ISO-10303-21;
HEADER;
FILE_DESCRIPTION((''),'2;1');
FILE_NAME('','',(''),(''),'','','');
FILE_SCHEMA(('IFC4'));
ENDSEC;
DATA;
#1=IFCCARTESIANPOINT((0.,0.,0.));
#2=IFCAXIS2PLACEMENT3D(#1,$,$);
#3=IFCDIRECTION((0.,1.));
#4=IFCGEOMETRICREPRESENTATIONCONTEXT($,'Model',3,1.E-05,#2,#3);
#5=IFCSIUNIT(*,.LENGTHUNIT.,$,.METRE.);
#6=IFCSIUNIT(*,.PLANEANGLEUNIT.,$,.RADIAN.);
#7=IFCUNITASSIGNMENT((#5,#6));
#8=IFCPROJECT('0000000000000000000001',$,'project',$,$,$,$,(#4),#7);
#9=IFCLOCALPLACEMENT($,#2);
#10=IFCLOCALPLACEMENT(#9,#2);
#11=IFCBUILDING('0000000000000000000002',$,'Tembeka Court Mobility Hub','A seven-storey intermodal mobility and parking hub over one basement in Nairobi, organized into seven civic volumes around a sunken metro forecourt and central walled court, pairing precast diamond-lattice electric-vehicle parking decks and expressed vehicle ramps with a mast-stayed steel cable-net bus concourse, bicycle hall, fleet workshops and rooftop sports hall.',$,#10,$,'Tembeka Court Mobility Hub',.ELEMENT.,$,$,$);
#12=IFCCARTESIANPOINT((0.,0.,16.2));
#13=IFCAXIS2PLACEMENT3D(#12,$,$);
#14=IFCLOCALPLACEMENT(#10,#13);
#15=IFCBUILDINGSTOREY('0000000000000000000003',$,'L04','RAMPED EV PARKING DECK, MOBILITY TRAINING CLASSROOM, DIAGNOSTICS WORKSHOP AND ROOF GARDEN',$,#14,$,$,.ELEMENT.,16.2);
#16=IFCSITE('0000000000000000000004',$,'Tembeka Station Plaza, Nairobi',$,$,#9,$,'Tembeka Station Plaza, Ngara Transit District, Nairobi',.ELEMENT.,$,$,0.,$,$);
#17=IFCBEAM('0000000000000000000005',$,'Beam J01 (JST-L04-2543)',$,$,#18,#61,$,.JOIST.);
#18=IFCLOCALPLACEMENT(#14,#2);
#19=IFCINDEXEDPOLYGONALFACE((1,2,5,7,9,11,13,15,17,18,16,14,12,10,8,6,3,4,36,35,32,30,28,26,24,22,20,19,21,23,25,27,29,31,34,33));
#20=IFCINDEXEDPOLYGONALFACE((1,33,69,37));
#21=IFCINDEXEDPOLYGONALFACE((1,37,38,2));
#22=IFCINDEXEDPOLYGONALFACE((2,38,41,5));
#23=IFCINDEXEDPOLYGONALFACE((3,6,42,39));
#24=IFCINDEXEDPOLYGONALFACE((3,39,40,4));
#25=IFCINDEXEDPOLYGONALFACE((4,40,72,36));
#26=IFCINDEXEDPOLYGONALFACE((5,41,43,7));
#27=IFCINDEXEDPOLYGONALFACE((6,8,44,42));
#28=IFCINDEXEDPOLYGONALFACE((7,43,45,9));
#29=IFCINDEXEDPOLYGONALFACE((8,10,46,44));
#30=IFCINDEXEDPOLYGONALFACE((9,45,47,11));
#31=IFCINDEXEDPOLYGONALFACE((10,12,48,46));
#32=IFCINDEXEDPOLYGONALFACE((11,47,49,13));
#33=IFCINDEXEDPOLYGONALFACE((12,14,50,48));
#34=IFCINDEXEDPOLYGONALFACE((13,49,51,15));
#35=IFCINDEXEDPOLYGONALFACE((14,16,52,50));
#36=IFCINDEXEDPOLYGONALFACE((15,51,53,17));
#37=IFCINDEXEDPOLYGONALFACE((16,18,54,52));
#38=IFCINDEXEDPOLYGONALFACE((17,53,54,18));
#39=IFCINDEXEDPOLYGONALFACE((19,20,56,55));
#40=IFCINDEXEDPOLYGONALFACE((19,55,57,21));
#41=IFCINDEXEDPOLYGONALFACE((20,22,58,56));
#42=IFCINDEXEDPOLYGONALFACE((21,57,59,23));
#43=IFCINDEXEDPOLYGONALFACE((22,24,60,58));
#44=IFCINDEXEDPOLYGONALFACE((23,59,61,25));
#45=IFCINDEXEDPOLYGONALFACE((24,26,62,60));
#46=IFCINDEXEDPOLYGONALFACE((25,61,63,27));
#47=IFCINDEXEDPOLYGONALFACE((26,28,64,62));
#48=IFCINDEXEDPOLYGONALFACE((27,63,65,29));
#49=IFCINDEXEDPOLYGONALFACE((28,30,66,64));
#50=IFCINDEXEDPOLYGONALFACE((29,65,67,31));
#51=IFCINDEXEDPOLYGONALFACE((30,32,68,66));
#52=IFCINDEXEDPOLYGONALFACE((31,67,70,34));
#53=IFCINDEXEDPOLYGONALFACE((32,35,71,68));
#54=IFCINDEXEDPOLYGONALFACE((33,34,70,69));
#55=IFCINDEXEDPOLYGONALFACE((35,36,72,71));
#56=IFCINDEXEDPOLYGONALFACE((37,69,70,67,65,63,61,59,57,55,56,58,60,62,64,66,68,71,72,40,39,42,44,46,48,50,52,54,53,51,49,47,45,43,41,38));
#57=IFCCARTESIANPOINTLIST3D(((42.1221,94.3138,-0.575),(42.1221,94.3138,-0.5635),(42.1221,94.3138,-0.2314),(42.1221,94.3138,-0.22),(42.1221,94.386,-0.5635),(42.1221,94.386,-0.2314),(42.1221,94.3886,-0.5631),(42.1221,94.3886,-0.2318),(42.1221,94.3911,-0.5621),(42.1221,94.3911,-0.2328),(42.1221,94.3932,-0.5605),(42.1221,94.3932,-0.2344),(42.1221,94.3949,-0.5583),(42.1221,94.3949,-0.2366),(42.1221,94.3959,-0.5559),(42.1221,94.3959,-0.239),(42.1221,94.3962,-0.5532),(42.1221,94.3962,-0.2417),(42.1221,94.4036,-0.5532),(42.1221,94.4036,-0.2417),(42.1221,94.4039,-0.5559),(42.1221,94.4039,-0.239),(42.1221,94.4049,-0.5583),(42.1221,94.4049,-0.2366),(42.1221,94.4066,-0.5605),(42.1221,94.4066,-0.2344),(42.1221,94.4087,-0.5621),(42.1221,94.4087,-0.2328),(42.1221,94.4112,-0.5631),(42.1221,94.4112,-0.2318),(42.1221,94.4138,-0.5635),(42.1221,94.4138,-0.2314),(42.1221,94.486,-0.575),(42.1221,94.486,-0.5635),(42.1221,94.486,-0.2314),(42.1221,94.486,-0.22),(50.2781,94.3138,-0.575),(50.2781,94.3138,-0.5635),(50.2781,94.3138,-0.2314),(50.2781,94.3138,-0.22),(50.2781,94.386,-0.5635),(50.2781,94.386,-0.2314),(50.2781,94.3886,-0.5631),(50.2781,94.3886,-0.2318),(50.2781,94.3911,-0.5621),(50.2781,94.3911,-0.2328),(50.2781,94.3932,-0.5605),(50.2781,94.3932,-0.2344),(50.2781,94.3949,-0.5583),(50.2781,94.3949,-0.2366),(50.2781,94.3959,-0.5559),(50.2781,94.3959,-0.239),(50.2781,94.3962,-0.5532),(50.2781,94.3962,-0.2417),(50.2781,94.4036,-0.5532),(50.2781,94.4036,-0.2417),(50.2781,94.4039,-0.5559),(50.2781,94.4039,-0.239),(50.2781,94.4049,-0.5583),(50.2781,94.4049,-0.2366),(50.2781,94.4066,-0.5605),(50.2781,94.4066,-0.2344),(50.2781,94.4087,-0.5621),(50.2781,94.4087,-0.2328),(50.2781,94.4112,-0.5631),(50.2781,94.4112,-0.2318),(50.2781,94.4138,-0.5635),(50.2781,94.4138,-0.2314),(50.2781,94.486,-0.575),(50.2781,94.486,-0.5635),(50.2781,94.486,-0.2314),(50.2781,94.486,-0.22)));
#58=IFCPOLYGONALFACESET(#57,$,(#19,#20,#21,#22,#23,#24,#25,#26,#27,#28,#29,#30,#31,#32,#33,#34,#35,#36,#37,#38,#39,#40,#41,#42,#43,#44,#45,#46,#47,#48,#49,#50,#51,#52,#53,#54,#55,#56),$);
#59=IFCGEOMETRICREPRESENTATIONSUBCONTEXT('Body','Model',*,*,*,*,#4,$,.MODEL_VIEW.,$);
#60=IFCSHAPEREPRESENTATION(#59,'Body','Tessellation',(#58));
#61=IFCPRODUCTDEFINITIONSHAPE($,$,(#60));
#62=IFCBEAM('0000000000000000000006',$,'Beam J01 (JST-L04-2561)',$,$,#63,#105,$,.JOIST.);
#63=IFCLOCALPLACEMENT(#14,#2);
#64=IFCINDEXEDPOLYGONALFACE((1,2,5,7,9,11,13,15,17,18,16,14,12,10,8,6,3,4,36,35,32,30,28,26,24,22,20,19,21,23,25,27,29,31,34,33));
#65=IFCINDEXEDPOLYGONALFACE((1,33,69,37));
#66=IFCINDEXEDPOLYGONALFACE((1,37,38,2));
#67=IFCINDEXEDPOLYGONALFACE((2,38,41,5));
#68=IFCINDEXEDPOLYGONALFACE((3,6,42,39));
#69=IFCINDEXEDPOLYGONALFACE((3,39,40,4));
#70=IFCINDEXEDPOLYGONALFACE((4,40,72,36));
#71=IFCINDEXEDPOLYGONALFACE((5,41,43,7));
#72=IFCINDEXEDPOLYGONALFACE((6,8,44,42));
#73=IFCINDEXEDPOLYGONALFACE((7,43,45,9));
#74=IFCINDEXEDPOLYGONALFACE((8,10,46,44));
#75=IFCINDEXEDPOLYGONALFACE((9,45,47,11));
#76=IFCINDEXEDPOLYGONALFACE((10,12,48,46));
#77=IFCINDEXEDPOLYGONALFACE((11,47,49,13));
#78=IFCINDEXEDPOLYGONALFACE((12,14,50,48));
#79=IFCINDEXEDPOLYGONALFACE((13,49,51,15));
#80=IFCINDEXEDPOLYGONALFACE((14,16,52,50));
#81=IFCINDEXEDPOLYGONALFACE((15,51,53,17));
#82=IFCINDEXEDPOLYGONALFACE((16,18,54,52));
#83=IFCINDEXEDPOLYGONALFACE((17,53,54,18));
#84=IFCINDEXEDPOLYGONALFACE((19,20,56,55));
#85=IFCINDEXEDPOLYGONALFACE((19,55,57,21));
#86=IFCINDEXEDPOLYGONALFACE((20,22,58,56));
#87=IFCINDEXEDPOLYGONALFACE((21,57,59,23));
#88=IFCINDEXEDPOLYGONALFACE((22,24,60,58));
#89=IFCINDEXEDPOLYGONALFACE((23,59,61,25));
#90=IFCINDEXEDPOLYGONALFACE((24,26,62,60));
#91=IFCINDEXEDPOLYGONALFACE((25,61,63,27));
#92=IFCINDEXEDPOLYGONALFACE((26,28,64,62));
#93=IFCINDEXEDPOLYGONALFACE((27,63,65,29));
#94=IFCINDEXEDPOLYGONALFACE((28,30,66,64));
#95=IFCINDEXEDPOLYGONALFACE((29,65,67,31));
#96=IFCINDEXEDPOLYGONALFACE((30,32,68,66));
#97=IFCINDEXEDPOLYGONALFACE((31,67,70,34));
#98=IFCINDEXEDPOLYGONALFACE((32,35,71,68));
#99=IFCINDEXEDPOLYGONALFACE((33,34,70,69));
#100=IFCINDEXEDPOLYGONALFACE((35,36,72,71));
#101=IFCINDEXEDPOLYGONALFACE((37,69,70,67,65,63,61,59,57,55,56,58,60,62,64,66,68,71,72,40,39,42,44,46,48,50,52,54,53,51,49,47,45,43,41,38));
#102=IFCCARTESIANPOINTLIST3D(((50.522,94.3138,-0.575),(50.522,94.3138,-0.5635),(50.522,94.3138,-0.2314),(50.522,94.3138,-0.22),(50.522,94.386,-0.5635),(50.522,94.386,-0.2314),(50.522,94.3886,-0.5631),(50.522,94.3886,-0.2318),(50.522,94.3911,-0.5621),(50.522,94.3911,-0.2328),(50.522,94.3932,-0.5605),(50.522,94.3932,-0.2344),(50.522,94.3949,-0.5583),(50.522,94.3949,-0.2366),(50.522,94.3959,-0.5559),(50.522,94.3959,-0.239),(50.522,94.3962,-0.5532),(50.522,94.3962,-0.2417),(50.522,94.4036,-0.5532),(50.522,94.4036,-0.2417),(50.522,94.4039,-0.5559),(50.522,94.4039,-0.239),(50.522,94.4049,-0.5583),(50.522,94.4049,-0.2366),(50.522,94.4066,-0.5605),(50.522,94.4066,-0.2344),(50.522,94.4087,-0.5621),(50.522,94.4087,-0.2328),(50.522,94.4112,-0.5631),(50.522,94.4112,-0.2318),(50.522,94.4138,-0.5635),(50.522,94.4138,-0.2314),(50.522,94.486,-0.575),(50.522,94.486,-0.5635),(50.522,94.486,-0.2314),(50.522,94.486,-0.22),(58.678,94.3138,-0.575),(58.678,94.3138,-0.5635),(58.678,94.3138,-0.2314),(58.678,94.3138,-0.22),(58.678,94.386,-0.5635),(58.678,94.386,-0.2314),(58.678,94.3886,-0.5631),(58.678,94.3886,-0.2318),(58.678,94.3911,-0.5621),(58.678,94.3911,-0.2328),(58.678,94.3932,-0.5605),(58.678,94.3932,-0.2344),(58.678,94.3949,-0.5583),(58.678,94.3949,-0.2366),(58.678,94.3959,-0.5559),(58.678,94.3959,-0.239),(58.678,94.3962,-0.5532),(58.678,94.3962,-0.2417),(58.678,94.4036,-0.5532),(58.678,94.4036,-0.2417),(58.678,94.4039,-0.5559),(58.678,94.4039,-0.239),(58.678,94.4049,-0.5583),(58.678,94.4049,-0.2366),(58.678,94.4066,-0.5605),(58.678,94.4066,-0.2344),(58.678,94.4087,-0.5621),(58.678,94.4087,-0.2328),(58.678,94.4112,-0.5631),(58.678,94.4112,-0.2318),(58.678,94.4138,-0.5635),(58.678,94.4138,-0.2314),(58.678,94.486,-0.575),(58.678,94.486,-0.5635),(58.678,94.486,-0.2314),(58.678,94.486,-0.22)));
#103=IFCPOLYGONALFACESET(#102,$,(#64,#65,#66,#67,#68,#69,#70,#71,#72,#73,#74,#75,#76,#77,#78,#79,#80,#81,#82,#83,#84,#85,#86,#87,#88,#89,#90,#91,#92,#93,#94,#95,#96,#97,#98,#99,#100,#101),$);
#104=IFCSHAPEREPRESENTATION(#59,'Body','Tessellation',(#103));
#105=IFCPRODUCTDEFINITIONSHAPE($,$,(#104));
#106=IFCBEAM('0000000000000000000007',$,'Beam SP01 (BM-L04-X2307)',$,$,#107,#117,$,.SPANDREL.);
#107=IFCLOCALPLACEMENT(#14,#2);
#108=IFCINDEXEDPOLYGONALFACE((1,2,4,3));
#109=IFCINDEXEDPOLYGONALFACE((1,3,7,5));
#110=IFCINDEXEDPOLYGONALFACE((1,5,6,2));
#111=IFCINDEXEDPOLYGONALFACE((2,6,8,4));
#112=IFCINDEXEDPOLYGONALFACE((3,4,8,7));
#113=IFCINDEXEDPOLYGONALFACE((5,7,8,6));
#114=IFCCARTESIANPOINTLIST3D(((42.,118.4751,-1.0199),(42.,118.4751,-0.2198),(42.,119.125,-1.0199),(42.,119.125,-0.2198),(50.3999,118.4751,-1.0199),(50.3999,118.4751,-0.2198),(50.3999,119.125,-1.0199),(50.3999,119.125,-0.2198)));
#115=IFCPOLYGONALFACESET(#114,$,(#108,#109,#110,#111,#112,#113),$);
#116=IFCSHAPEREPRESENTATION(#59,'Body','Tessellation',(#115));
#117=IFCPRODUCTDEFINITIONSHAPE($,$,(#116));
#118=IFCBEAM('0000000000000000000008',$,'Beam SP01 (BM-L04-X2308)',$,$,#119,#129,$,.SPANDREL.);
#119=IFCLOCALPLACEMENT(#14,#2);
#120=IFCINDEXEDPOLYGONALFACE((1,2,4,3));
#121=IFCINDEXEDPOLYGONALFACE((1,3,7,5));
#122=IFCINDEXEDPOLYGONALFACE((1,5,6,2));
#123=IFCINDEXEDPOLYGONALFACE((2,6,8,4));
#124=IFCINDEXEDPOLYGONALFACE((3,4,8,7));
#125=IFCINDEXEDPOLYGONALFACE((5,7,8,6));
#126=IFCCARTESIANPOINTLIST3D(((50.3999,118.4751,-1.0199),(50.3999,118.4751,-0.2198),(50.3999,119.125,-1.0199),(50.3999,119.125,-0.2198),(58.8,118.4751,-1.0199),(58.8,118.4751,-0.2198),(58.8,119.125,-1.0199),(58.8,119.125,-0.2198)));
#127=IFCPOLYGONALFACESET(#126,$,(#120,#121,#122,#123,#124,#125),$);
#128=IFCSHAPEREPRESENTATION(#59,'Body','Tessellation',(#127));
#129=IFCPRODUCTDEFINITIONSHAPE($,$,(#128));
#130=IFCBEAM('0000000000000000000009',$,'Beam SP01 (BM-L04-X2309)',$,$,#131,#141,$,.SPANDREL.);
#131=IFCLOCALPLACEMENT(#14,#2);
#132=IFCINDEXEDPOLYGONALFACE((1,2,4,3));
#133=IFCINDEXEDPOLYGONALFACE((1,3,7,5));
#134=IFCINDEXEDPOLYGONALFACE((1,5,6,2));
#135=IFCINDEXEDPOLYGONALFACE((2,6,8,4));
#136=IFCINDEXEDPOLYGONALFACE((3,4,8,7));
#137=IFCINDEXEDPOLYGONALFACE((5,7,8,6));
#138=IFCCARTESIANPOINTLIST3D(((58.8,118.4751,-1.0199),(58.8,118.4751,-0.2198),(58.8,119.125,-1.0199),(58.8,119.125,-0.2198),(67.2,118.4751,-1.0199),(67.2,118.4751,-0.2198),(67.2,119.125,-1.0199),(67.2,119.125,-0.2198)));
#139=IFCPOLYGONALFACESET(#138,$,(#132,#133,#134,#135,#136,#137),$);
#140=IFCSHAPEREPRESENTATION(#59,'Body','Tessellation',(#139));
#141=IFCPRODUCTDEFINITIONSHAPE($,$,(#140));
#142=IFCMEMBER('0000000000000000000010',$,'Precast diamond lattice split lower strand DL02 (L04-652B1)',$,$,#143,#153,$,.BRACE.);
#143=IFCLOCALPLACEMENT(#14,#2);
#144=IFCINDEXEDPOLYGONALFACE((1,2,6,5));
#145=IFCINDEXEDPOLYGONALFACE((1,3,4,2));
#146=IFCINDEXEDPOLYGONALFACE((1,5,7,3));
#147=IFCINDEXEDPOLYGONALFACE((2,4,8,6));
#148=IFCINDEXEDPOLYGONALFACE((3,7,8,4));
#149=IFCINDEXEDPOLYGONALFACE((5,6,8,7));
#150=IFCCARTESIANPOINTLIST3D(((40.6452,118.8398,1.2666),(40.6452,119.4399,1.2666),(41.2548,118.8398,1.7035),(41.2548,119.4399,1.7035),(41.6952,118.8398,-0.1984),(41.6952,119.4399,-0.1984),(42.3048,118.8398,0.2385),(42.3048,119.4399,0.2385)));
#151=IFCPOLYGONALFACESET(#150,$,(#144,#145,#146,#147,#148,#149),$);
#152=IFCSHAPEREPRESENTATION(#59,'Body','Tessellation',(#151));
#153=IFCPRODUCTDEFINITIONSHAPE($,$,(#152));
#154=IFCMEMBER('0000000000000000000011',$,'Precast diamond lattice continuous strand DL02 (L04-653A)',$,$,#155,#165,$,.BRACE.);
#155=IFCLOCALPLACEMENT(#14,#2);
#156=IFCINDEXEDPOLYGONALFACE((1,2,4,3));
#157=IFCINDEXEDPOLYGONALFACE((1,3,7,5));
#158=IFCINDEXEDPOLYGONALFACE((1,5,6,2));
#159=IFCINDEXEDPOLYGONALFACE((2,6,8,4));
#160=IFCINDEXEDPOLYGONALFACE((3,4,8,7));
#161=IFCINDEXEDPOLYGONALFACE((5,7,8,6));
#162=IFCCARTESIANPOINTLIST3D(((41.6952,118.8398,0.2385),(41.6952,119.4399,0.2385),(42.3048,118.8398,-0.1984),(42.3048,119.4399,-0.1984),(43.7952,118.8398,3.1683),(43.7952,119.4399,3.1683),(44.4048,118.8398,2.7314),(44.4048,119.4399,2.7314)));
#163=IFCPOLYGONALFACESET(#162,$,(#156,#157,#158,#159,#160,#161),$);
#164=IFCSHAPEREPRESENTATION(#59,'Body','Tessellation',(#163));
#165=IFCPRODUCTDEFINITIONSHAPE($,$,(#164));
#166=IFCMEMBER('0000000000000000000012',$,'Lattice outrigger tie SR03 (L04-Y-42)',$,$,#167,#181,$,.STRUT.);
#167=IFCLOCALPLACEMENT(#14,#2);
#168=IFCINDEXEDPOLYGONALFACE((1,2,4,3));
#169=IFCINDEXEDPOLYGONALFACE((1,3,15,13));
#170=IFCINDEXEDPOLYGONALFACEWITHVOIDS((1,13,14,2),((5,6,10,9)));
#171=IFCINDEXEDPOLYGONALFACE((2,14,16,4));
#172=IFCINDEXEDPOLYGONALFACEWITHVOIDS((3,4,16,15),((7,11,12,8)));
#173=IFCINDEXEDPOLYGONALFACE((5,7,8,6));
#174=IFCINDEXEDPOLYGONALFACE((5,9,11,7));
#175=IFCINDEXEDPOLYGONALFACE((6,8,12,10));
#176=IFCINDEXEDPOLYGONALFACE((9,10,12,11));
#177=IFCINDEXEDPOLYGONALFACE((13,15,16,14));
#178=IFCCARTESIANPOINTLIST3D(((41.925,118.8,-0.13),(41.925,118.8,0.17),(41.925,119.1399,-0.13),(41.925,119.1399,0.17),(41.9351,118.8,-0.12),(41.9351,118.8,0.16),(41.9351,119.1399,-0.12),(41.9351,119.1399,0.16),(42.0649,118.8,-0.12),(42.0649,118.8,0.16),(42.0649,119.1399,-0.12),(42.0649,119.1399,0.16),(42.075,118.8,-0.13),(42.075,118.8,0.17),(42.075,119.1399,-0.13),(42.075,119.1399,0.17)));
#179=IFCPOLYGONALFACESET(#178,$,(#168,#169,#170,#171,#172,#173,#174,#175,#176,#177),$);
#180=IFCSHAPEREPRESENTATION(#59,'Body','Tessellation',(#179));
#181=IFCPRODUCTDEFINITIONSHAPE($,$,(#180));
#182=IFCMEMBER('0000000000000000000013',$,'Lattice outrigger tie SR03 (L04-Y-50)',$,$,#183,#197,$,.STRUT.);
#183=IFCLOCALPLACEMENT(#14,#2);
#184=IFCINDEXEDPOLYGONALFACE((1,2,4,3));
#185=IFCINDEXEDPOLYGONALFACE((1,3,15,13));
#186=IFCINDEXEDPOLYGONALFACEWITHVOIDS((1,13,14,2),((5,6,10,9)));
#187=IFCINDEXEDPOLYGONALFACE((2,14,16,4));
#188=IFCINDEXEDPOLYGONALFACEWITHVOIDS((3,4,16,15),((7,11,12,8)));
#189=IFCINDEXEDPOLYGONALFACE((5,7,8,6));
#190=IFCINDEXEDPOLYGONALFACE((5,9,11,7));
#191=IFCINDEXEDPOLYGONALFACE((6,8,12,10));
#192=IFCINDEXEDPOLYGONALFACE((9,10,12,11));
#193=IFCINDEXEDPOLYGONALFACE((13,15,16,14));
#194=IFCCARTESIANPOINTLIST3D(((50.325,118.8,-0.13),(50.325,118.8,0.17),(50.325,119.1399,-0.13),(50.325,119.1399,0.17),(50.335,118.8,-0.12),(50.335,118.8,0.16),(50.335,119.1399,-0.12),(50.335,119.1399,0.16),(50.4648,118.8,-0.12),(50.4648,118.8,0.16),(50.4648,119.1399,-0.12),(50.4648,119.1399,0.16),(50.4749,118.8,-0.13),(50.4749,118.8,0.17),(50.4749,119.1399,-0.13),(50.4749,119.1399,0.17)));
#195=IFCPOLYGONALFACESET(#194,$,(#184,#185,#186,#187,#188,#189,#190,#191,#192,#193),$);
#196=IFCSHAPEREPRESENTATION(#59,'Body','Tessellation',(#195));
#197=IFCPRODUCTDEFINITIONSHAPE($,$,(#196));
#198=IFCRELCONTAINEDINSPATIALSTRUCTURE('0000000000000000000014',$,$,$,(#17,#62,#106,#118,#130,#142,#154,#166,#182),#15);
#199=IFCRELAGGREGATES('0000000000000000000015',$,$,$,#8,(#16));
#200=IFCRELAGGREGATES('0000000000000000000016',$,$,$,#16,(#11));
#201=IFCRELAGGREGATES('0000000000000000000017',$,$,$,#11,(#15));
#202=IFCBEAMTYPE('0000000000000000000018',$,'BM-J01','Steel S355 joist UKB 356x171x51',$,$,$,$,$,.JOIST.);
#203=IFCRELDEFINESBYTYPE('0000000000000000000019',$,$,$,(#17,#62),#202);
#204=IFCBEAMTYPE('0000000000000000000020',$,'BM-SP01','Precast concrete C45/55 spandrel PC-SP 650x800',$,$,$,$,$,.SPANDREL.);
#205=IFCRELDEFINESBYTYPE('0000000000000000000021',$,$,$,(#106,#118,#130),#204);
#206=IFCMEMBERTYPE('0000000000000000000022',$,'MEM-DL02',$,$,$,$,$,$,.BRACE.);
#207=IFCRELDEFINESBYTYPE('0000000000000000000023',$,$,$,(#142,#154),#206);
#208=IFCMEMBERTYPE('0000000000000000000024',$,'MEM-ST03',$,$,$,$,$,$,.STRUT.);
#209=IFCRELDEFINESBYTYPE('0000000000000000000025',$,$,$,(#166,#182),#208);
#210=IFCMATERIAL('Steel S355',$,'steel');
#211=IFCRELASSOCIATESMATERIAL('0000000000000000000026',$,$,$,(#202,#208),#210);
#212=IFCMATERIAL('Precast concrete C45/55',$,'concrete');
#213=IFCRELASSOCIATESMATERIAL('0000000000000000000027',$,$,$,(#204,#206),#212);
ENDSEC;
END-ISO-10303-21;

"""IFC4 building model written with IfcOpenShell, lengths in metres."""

from ifc_helpers import new_model, si_unit, direction, frame, origin, origin_2d, place, context, subcontext, project, spatial, rectangle, hollow_rectangle, i_section, extrude, material, material_profile, profile_set, type_object, element, save


model = new_model("IFC4")

# Units and contexts
model_context = context("Model", 3, precision=1e-05, world=origin(), true_north=direction((0.0, 1.0)))
body_context = subcontext(model_context, "Body", "Model", "MODEL_VIEW")
ifc_project = project(units=[si_unit("LENGTHUNIT", "METRE"), si_unit("PLANEANGLEUNIT", "RADIAN")], contexts=[model_context])

# Site, building, storey
site_placement = place(None, origin())
site = spatial("IfcSite", under=ifc_project, at=site_placement, Name="Tembeka Station Plaza, Nairobi", LongName="Tembeka Station Plaza, Ngara Transit District, Nairobi", CompositionType="ELEMENT", RefElevation=0.0)
building_placement = place(site_placement, origin())
building = spatial("IfcBuilding", under=site, at=building_placement, Name="Tembeka Court Mobility Hub", Description="A seven-storey intermodal mobility and parking hub over one basement in Nairobi, organized into seven civic volumes around a sunken metro forecourt and central walled court, pairing precast diamond-lattice electric-vehicle parking decks and expressed vehicle ramps with a mast-stayed steel cable-net bus concourse, bicycle hall, fleet workshops and rooftop sports hall.", LongName="Tembeka Court Mobility Hub", CompositionType="ELEMENT")
storey_placement = place(building_placement, frame((0.0, 0.0, 16.2)))
storey = spatial("IfcBuildingStorey", under=building, at=storey_placement, Name="L04", Description="RAMPED EV PARKING DECK, MOBILITY TRAINING CLASSROOM, DIAGNOSTICS WORKSHOP AND ROOF GARDEN", CompositionType="ELEMENT", Elevation=16.2)

# Shared definitions
ifc_material_1 = material(Name="Steel S355", Category="steel")

# Beams
ifc_material_profile_1 = material_profile(ifc_material_1, i_section(OverallWidth=0.1721, OverallDepth=0.355, WebThickness=0.0073, FlangeThickness=0.0115, FilletRadius=0.0103, at=origin_2d()), Name="UKB 356x171x51")
ifc_profile_set_1 = profile_set([ifc_material_profile_1], Name="Steel S355")
beam_type_1 = type_object("IfcBeamType", Name="BM-J01", Description="Steel S355 joist UKB 356x171x51", PredefinedType="JOIST", material=ifc_profile_set_1)
for number, where, z_axis, x_axis, name in (
    (1, (42.1221, 94.3999, -0.3975), (1.0, 0.0, 0.0), (0.0, 1.0, 0.0), "Beam J01 (JST-L04-2543)"),
    (2, (50.522, 94.3999, -0.3975), (1.0, 0.0, 0.0), (0.0, 1.0, 0.0), "Beam J01 (JST-L04-2561)"),
):
    element("IfcBeam", number, at=place(storey_placement, frame(where, z_axis=z_axis, x_axis=x_axis)), inside=storey, type_object=beam_type_1, Name=name, PredefinedType="JOIST", context=body_context, shape_type="SweptSolid", body=[
        extrude(i_section(OverallWidth=0.1721, OverallDepth=0.355, WebThickness=0.0073, FlangeThickness=0.0115, FilletRadius=0.0103, at=origin_2d()), origin(), (0.0, 0.0, 1.0), 8.156),
    ])
ifc_material_2 = material(Name="Precast concrete C45/55", Category="concrete")
ifc_material_profile_2 = material_profile(ifc_material_2, rectangle(XDim=0.6499, YDim=0.8, at=origin_2d()), Name="PC-SP 650x800")
ifc_profile_set_2 = profile_set([ifc_material_profile_2], Name="Precast concrete C45/55")
beam_type_2 = type_object("IfcBeamType", Name="BM-SP01", Description="Precast concrete C45/55 spandrel PC-SP 650x800", PredefinedType="SPANDREL", material=ifc_profile_set_2)
beam_1_placement = place(storey_placement, frame((42.0, 118.8, -0.6199), z_axis=(1.0, 0.0, 0.0), x_axis=(0.0, 1.0, 0.0)))
element("IfcBeam", 3, at=beam_1_placement, inside=storey, type_object=beam_type_2, Name="Beam SP01 (BM-L04-X2307)", PredefinedType="SPANDREL", context=body_context, shape_type="SweptSolid", body=[
    extrude(rectangle(XDim=0.6499, YDim=0.8, at=origin_2d()), origin(), (0.0, 0.0, 1.0), 8.3999),
])
beam_2_placement = place(storey_placement, frame((50.3999, 118.8, -0.6199), z_axis=(1.0, 0.0, 0.0), x_axis=(0.0, 1.0, 0.0)))
element("IfcBeam", 4, at=beam_2_placement, inside=storey, type_object=beam_type_2, Name="Beam SP01 (BM-L04-X2308)", PredefinedType="SPANDREL", context=body_context, shape_type="SweptSolid", body=[
    extrude(rectangle(XDim=0.6499, YDim=0.8, at=origin_2d()), origin(), (0.0, 0.0, 1.0), 8.4001),
])
beam_3_placement = place(storey_placement, frame((58.8, 118.8, -0.6199), z_axis=(1.0, 0.0, 0.0), x_axis=(0.0, 1.0, 0.0)))
element("IfcBeam", 5, at=beam_3_placement, inside=storey, type_object=beam_type_2, Name="Beam SP01 (BM-L04-X2309)", PredefinedType="SPANDREL", context=body_context, shape_type="SweptSolid", body=[
    extrude(rectangle(XDim=0.6499, YDim=0.8, at=origin_2d()), origin(), (0.0, 0.0, 1.0), 8.3999),
])

# Members
ifc_material_profile_3 = material_profile(ifc_material_2, rectangle(XDim=0.6001, YDim=0.75, at=origin_2d()), Name="PC-DIAG 600x750")
ifc_profile_set_3 = profile_set([ifc_material_profile_3], Name="Precast concrete C45/55")
member_type_1 = type_object("IfcMemberType", Name="MEM-DL02", PredefinedType="BRACE", material=ifc_profile_set_3)
member_1_placement = place(storey_placement, frame((42.0, 119.1399, 0.02), z_axis=(-0.582544, 0.0, 0.812799), x_axis=(0.0, -1.0, 0.0)))
element("IfcMember", 6, at=member_1_placement, inside=storey, type_object=member_type_1, Name="Precast diamond lattice split lower strand DL02 (L04-652B1)", PredefinedType="BRACE", context=body_context, shape_type="SweptSolid", body=[
    extrude(rectangle(XDim=0.6001, YDim=0.75, at=origin_2d()), origin(), (0.0, 0.0, 1.0), 1.8025),
])
member_2_placement = place(storey_placement, frame((42.0, 119.1399, 0.02), z_axis=(0.582576, 0.0, 0.812776), x_axis=(0.0, 1.0, 0.0)))
element("IfcMember", 7, at=member_2_placement, inside=storey, type_object=member_type_1, Name="Precast diamond lattice continuous strand DL02 (L04-653A)", PredefinedType="BRACE", context=body_context, shape_type="SweptSolid", body=[
    extrude(rectangle(XDim=0.6001, YDim=0.75, at=origin_2d()), origin(), (0.0, 0.0, 1.0), 3.6047),
])
ifc_material_profile_4 = material_profile(ifc_material_1, hollow_rectangle(XDim=0.1499, YDim=0.3, WallThickness=0.01, at=origin_2d()), Name="RHS 300x150x10")
ifc_profile_set_4 = profile_set([ifc_material_profile_4], Name="Steel S355")
member_type_2 = type_object("IfcMemberType", Name="MEM-ST03", PredefinedType="STRUT", material=ifc_profile_set_4)
for number, where, z_axis, x_axis, name in (
    (8, (42.0, 118.8, 0.02), (0.0, 1.0, 0.0), (-1.0, 0.0, 0.0), "Lattice outrigger tie SR03 (L04-Y-42)"),
    (9, (50.3999, 118.8, 0.02), (0.0, 1.0, 0.0), (-1.0, 0.0, 0.0), "Lattice outrigger tie SR03 (L04-Y-50)"),
):
    element("IfcMember", number, at=place(storey_placement, frame(where, z_axis=z_axis, x_axis=x_axis)), inside=storey, type_object=member_type_2, Name=name, PredefinedType="STRUT", context=body_context, shape_type="SweptSolid", body=[
        extrude(hollow_rectangle(XDim=0.1499, YDim=0.3, WallThickness=0.01, at=origin_2d()), origin(), (0.0, 0.0, 1.0), 0.3398),
    ])

save(model, "model.ifc")
